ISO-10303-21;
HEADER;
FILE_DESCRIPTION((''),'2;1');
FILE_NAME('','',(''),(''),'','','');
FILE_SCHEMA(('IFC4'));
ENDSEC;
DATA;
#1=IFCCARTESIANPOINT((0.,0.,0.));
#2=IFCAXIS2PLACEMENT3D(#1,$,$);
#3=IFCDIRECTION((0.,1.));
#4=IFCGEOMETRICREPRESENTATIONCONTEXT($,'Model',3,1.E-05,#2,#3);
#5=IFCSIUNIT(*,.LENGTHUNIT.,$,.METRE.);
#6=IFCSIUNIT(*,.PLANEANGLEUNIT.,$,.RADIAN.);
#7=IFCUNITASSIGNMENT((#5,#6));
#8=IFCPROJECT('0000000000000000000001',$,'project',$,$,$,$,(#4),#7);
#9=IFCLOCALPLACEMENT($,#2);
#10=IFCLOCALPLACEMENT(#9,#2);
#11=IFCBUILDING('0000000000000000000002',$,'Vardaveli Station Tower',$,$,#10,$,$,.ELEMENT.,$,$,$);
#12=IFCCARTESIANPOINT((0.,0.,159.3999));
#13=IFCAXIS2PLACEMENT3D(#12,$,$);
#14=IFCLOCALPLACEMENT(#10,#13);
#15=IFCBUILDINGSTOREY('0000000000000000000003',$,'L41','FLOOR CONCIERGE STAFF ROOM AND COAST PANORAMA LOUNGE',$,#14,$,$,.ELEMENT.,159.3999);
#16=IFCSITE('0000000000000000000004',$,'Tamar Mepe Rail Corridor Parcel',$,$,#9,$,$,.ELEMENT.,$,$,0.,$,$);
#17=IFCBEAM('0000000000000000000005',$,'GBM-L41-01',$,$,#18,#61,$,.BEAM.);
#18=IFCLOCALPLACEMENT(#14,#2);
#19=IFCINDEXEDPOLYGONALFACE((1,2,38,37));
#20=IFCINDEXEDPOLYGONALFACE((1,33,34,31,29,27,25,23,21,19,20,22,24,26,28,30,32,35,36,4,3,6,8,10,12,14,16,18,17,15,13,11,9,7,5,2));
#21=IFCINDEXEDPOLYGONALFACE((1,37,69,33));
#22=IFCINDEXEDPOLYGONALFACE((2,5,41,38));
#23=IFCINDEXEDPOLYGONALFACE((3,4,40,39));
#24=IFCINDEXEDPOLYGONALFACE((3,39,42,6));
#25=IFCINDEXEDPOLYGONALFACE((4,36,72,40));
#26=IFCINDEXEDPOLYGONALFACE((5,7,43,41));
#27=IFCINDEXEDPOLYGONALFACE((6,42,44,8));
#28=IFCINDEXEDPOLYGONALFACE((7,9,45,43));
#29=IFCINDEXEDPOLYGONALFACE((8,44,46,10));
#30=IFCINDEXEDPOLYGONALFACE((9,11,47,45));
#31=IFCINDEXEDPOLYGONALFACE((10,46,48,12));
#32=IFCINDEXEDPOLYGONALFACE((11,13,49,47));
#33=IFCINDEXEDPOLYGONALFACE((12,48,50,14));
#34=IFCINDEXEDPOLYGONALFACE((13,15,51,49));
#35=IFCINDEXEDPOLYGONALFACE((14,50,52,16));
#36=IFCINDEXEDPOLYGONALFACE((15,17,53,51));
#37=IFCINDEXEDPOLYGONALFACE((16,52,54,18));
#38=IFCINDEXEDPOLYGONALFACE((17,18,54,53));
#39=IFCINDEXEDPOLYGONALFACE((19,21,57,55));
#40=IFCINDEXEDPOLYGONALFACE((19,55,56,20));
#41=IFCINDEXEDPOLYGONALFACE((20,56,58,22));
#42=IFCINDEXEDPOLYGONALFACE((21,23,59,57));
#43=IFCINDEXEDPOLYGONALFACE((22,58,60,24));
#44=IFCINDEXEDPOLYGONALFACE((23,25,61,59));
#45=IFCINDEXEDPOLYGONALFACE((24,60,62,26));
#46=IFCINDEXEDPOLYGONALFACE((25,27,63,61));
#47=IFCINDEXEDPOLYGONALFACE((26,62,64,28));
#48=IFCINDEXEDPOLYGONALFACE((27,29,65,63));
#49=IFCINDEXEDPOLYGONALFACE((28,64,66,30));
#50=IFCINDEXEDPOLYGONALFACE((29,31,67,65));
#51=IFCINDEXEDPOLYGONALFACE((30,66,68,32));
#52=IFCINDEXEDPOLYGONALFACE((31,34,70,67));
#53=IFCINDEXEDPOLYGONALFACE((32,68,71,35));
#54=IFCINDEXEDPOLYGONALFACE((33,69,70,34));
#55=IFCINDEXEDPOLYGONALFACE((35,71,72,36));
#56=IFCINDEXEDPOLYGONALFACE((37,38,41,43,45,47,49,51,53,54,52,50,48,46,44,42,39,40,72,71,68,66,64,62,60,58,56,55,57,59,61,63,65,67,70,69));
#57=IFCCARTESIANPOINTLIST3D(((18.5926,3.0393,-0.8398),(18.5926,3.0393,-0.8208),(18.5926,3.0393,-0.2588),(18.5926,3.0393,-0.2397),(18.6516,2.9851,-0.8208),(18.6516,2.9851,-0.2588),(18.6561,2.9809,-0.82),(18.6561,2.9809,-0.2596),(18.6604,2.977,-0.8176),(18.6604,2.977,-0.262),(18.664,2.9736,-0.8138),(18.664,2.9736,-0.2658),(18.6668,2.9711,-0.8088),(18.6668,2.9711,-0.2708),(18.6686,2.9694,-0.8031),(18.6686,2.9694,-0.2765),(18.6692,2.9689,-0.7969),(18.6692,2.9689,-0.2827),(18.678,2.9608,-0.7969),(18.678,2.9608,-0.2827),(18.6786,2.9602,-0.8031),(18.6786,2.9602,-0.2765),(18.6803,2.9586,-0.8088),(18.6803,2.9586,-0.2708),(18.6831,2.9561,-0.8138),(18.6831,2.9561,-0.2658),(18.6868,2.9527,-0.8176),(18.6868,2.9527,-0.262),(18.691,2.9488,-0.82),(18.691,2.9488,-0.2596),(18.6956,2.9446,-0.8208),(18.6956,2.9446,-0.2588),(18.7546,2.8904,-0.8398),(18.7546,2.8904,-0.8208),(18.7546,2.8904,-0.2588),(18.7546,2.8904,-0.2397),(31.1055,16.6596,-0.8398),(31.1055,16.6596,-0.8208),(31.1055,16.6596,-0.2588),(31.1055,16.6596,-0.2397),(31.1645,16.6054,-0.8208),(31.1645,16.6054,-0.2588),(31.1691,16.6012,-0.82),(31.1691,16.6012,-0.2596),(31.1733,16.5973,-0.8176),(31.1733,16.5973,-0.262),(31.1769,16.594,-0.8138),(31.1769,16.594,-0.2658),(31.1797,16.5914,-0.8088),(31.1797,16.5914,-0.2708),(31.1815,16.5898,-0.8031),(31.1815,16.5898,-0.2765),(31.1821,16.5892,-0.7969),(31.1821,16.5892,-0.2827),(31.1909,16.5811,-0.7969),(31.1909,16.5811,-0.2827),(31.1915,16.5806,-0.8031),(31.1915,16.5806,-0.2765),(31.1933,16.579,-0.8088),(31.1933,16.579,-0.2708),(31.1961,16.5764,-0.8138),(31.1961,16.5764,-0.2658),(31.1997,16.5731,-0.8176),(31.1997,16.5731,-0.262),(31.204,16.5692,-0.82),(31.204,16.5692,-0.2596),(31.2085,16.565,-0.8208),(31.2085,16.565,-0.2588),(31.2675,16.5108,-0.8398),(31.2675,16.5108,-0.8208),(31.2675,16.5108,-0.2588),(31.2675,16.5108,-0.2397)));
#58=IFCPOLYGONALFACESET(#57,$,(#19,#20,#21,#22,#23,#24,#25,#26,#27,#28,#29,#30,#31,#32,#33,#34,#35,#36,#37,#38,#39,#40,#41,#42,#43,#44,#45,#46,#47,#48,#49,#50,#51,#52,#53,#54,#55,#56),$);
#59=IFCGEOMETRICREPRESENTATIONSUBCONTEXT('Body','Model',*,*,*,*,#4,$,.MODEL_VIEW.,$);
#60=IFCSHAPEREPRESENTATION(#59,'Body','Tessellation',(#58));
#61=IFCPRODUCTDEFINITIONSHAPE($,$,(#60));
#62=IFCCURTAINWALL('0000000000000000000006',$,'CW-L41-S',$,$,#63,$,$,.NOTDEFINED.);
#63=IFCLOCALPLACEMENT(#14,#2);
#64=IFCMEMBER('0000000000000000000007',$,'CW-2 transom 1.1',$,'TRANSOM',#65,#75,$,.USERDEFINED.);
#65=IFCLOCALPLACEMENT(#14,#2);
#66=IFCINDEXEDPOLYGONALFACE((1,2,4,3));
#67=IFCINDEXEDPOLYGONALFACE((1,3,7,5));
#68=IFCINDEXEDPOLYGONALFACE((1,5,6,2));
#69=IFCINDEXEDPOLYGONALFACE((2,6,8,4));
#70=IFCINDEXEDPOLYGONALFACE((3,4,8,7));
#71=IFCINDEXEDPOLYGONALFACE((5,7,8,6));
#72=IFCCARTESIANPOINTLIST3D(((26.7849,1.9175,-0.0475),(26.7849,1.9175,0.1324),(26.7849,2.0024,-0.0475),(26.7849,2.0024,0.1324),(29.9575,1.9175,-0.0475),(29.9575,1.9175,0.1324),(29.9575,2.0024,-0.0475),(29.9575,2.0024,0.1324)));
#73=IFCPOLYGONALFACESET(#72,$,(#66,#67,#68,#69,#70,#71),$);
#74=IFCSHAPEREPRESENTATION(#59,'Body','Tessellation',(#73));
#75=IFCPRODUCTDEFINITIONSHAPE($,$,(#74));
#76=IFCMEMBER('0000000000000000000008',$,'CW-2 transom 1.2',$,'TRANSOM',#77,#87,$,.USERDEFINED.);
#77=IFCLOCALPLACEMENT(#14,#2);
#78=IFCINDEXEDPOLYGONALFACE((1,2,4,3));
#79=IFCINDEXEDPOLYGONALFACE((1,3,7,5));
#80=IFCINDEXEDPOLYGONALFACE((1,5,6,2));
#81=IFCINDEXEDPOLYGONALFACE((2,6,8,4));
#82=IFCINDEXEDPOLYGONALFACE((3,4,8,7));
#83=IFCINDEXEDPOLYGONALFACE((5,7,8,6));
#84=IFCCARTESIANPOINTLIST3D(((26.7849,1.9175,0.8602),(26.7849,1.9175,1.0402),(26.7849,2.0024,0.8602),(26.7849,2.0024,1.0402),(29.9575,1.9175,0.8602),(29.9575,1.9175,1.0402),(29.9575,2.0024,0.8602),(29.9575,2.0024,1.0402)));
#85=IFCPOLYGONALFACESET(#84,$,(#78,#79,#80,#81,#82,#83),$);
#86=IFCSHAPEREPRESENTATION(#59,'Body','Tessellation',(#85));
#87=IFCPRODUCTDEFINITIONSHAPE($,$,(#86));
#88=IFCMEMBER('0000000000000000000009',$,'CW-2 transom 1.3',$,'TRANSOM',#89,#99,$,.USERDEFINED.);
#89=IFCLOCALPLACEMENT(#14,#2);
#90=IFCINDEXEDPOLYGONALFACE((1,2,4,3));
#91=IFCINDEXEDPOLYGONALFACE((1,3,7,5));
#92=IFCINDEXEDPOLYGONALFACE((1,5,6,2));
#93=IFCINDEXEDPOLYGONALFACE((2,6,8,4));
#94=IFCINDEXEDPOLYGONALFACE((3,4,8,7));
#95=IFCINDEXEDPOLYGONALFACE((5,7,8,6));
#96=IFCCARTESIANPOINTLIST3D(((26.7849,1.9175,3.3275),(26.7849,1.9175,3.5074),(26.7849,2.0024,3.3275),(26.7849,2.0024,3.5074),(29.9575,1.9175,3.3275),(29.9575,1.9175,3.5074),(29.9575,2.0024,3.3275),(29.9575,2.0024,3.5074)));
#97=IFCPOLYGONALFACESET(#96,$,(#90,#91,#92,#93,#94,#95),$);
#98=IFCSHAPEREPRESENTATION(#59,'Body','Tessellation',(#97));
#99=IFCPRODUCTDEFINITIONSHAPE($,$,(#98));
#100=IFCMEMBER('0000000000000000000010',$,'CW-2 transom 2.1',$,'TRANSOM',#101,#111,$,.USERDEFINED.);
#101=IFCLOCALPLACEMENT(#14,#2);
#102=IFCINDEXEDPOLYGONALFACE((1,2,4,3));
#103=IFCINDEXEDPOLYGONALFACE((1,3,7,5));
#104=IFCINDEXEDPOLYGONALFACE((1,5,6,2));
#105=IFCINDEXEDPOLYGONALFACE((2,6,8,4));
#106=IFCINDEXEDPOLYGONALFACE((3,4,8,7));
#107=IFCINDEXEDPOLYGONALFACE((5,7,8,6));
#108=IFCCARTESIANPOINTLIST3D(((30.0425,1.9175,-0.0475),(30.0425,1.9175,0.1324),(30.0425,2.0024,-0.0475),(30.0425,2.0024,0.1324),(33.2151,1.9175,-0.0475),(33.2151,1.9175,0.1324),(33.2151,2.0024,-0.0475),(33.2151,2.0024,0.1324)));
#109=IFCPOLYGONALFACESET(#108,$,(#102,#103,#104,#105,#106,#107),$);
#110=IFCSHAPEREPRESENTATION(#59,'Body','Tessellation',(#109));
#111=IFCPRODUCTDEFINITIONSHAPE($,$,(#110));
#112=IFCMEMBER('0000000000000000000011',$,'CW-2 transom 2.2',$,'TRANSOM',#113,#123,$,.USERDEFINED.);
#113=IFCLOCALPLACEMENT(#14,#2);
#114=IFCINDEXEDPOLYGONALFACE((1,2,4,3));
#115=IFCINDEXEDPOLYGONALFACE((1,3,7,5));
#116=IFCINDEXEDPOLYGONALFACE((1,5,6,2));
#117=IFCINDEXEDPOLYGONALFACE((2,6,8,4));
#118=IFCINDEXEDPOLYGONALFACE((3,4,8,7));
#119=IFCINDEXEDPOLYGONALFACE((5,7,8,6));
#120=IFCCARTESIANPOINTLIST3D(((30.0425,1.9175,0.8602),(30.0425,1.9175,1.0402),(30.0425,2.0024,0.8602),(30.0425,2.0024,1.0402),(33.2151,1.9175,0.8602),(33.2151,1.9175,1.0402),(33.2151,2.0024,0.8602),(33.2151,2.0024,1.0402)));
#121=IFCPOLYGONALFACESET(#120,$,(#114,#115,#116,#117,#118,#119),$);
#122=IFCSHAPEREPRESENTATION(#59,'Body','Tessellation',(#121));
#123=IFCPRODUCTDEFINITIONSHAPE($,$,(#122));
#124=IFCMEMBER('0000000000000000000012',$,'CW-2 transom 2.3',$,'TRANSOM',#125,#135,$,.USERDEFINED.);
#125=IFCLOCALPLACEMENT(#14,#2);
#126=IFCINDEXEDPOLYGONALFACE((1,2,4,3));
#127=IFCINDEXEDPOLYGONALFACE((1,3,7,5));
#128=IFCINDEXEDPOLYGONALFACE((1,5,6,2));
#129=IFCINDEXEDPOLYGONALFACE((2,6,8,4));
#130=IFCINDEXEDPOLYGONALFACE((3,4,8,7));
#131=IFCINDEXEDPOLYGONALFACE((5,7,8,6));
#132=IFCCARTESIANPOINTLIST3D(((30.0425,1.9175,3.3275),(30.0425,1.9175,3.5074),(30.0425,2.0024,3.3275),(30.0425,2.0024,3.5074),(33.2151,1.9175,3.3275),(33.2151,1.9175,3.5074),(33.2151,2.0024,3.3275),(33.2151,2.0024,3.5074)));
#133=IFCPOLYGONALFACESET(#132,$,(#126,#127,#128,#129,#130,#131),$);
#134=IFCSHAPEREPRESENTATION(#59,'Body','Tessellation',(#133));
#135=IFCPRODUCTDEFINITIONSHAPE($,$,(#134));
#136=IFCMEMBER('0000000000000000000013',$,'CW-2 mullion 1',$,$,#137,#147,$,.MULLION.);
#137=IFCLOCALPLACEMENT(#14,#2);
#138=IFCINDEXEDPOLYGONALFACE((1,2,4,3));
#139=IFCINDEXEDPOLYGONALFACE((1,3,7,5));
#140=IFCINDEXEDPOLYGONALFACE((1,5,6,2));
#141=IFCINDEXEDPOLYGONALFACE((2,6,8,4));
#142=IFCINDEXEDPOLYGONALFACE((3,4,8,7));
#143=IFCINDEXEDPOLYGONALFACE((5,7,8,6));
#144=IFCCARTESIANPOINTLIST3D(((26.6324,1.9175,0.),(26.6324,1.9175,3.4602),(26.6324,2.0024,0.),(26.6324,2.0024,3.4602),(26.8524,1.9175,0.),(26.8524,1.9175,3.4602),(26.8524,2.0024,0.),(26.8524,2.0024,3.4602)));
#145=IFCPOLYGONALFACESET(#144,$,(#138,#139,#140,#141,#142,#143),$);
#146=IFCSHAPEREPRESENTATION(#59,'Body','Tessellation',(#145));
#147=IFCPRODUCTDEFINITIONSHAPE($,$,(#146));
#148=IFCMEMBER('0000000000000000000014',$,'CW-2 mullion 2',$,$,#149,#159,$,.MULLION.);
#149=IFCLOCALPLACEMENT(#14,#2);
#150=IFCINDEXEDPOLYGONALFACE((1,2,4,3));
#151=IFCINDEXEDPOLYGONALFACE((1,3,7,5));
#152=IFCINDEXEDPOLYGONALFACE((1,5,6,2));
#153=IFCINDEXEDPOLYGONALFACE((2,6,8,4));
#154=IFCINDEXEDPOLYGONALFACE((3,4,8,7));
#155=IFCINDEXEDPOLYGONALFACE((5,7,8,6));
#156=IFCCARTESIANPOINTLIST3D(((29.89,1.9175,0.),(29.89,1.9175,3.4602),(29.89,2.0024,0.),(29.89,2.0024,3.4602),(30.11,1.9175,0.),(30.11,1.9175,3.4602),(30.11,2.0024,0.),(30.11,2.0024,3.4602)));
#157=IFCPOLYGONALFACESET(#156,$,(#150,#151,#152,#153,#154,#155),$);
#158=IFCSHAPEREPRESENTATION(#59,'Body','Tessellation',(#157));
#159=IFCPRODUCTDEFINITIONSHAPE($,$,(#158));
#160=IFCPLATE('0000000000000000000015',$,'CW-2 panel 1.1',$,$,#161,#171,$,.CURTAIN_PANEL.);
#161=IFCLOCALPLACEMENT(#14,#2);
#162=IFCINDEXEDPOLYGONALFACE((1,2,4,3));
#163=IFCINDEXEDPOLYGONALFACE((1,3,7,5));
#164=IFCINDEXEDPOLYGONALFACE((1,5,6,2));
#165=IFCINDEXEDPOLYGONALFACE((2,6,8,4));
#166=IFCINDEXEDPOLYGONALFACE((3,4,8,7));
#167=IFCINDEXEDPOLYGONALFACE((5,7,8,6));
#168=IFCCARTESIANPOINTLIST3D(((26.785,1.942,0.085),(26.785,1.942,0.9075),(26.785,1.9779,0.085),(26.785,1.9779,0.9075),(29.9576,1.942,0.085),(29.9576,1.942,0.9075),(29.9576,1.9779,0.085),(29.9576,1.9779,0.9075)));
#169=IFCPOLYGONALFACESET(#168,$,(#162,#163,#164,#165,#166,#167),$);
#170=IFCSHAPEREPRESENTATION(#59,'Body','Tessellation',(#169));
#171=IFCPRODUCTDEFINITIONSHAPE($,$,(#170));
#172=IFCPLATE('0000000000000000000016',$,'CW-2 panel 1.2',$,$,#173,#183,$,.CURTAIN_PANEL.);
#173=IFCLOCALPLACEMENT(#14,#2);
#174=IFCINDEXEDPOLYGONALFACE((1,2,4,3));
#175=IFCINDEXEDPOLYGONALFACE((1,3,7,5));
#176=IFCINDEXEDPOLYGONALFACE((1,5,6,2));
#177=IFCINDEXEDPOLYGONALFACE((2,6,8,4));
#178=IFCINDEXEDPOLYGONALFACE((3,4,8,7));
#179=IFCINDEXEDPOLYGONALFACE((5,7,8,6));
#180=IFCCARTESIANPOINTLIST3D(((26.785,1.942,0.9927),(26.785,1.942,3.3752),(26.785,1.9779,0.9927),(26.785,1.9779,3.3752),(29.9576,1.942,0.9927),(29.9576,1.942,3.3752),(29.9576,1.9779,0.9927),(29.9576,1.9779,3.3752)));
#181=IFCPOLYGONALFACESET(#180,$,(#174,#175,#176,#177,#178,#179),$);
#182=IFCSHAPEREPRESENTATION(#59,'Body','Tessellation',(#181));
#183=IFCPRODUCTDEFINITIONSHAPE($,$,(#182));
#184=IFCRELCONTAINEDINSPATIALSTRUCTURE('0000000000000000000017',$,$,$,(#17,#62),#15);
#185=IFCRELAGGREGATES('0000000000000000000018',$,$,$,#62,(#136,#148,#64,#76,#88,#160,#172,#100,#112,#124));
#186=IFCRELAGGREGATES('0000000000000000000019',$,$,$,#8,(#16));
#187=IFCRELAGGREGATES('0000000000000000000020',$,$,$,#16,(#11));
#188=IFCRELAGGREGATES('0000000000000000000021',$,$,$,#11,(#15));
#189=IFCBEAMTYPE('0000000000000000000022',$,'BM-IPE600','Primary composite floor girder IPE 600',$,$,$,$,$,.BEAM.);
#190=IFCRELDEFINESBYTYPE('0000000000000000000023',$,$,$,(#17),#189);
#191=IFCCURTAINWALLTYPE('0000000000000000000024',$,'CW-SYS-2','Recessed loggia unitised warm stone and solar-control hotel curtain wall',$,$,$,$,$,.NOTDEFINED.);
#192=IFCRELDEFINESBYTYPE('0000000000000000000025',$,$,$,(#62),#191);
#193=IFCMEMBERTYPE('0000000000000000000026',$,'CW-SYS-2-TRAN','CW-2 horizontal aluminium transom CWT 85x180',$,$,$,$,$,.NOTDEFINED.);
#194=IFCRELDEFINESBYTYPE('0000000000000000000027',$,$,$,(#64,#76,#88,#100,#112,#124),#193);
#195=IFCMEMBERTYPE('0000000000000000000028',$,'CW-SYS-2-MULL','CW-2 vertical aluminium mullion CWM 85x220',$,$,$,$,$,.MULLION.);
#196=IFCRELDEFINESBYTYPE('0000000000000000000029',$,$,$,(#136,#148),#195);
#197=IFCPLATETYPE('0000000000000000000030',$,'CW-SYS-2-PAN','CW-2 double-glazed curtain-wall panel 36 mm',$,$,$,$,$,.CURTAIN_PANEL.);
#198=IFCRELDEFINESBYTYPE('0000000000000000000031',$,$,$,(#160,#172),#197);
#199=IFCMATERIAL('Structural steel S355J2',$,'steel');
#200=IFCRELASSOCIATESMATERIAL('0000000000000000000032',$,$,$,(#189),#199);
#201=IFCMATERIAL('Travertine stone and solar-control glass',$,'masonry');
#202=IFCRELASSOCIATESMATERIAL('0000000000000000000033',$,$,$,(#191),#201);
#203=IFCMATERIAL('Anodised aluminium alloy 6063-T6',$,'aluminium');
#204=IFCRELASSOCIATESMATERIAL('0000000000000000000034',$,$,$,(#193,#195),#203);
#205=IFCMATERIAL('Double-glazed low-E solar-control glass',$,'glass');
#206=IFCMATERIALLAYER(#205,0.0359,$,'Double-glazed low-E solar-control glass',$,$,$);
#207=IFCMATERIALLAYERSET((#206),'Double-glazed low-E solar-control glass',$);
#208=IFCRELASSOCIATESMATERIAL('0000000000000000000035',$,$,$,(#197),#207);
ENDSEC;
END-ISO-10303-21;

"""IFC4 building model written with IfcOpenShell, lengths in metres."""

from ifc_helpers import new_model, si_unit, direction, frame, origin, origin_2d, place, context, subcontext, project, spatial, rectangle, i_section, extrude, source, transform, mapped, material, layer, layer_set, material_profile, profile_set, type_object, element, aggregate, save


model = new_model("IFC4")

# Units and contexts
model_context = context("Model", 3, precision=1e-05, world=origin(), true_north=direction((0.0, 1.0)))
body_context = subcontext(model_context, "Body", "Model", "MODEL_VIEW")
ifc_project = project(units=[si_unit("LENGTHUNIT", "METRE"), si_unit("PLANEANGLEUNIT", "RADIAN")], contexts=[model_context])

# Site, building, storey
site_placement = place(None, origin())
site = spatial("IfcSite", under=ifc_project, at=site_placement, Name="Tamar Mepe Rail Corridor Parcel", CompositionType="ELEMENT", RefElevation=0.0)
building_placement = place(site_placement, origin())
building = spatial("IfcBuilding", under=site, at=building_placement, Name="Vardaveli Station Tower", CompositionType="ELEMENT")
storey_placement = place(building_placement, frame((0.0, 0.0, 159.3999)))
storey = spatial("IfcBuildingStorey", under=building, at=storey_placement, Name="L41", Description="FLOOR CONCIERGE STAFF ROOM AND COAST PANORAMA LOUNGE", CompositionType="ELEMENT", Elevation=159.3999)

# Beam
ifc_material_1 = material(Name="Structural steel S355J2", Category="steel")
ifc_material_profile_1 = material_profile(ifc_material_1, i_section(OverallWidth=0.22, OverallDepth=0.6001, WebThickness=0.012, FlangeThickness=0.019, FilletRadius=0.0239, at=origin_2d()), Name="IPE 600")
ifc_profile_set_1 = profile_set([ifc_material_profile_1], Name="Structural steel S355J2")
beam_type_1 = type_object("IfcBeamType", Name="BM-IPE600", Description="Primary composite floor girder IPE 600", PredefinedType="BEAM", material=ifc_profile_set_1)
shared_shape_1 = source(origin(), body_context, "Body", "SweptSolid", [
    extrude(i_section(OverallWidth=0.22, OverallDepth=0.6001, WebThickness=0.012, FlangeThickness=0.019, FilletRadius=0.0239, at=origin_2d()), origin(), (0.0, 0.0, 1.0), 18.4956),
])
beam_1_placement = place(storey_placement, frame((18.6736, 2.9648, -0.5398), z_axis=(0.676535, 0.73641, 0.0), x_axis=(-0.73641, 0.676535, 0.0)))
element("IfcBeam", 1, at=beam_1_placement, inside=storey, type_object=beam_type_1, Name="GBM-L41-01", PredefinedType="BEAM", context=body_context, shape_type="MappedRepresentation", body=[
    mapped(shared_shape_1, transform((0.0, 0.0, 0.0), scale=1.0)),
])

# Curtain wall, members, plates
ifc_material_2 = material(Name="Travertine stone and solar-control glass", Category="masonry")
curtain_wall_type = type_object("IfcCurtainWallType", Name="CW-SYS-2", Description="Recessed loggia unitised warm stone and solar-control hotel curtain wall", PredefinedType="NOTDEFINED", material=ifc_material_2)
curtain_wall_placement = place(storey_placement, origin())
curtain_wall = element("IfcCurtainWall", 2, at=curtain_wall_placement, inside=storey, type_object=curtain_wall_type, Name="CW-L41-S", PredefinedType="NOTDEFINED")
ifc_material_3 = material(Name="Anodised aluminium alloy 6063-T6", Category="aluminium")
ifc_material_profile_2 = material_profile(ifc_material_3, rectangle(XDim=0.085, YDim=0.1799, at=origin_2d()), Name="CWT 85x180")
ifc_profile_set_2 = profile_set([ifc_material_profile_2], Name="Anodised aluminium alloy 6063-T6")
member_type_1 = type_object("IfcMemberType", Name="CW-SYS-2-TRAN", Description="CW-2 horizontal aluminium transom CWT 85x180", PredefinedType="NOTDEFINED", material=ifc_profile_set_2)
shared_shape_2 = source(origin(), body_context, "Body", "SweptSolid", [
    extrude(rectangle(XDim=0.085, YDim=0.1799, at=origin_2d()), origin(), (0.0, 0.0, 1.0), 3.1726),
])
member_1_placement = place(storey_placement, frame((26.7849, 1.96, 0.0425), z_axis=(1.0, 0.0, 0.0), x_axis=(0.0, 1.0, 0.0)))
member_1 = element("IfcMember", 3, at=member_1_placement, type_object=member_type_1, Name="CW-2 transom 1.1", ObjectType="TRANSOM", PredefinedType="USERDEFINED", context=body_context, shape_type="MappedRepresentation", body=[
    mapped(shared_shape_2, transform((0.0, 0.0, 0.0), scale=1.0)),
])
member_2_placement = place(storey_placement, frame((26.7849, 1.96, 0.9502), z_axis=(1.0, 0.0, 0.0), x_axis=(0.0, 1.0, 0.0)))
member_2 = element("IfcMember", 4, at=member_2_placement, type_object=member_type_1, Name="CW-2 transom 1.2", ObjectType="TRANSOM", PredefinedType="USERDEFINED", context=body_context, shape_type="MappedRepresentation", body=[
    mapped(shared_shape_2, transform((0.0, 0.0, 0.0), scale=1.0)),
])
member_3_placement = place(storey_placement, frame((26.7849, 1.96, 3.4175), z_axis=(1.0, 0.0, 0.0), x_axis=(0.0, 1.0, 0.0)))
member_3 = element("IfcMember", 5, at=member_3_placement, type_object=member_type_1, Name="CW-2 transom 1.3", ObjectType="TRANSOM", PredefinedType="USERDEFINED", context=body_context, shape_type="MappedRepresentation", body=[
    mapped(shared_shape_2, transform((0.0, 0.0, 0.0), scale=1.0)),
])
member_4_placement = place(storey_placement, frame((30.0425, 1.96, 0.0425), z_axis=(1.0, 0.0, 0.0), x_axis=(0.0, 1.0, 0.0)))
member_4 = element("IfcMember", 6, at=member_4_placement, type_object=member_type_1, Name="CW-2 transom 2.1", ObjectType="TRANSOM", PredefinedType="USERDEFINED", context=body_context, shape_type="MappedRepresentation", body=[
    mapped(shared_shape_2, transform((0.0, 0.0, 0.0), scale=1.0)),
])
member_5_placement = place(storey_placement, frame((30.0425, 1.96, 0.9502), z_axis=(1.0, 0.0, 0.0), x_axis=(0.0, 1.0, 0.0)))
member_5 = element("IfcMember", 7, at=member_5_placement, type_object=member_type_1, Name="CW-2 transom 2.2", ObjectType="TRANSOM", PredefinedType="USERDEFINED", context=body_context, shape_type="MappedRepresentation", body=[
    mapped(shared_shape_2, transform((0.0, 0.0, 0.0), scale=1.0)),
])
member_6_placement = place(storey_placement, frame((30.0425, 1.96, 3.4175), z_axis=(1.0, 0.0, 0.0), x_axis=(0.0, 1.0, 0.0)))
member_6 = element("IfcMember", 8, at=member_6_placement, type_object=member_type_1, Name="CW-2 transom 2.3", ObjectType="TRANSOM", PredefinedType="USERDEFINED", context=body_context, shape_type="MappedRepresentation", body=[
    mapped(shared_shape_2, transform((0.0, 0.0, 0.0), scale=1.0)),
])
ifc_material_profile_3 = material_profile(ifc_material_3, rectangle(XDim=0.085, YDim=0.22, at=origin_2d()), Name="CWM 85x220")
ifc_profile_set_3 = profile_set([ifc_material_profile_3], Name="Anodised aluminium alloy 6063-T6")
member_type_2 = type_object("IfcMemberType", Name="CW-SYS-2-MULL", Description="CW-2 vertical aluminium mullion CWM 85x220", PredefinedType="MULLION", material=ifc_profile_set_3)
shared_shape_3 = source(origin(), body_context, "Body", "SweptSolid", [
    extrude(rectangle(XDim=0.085, YDim=0.22, at=origin_2d()), origin(), (0.0, 0.0, 1.0), 3.4602),
])
member_7_placement = place(storey_placement, frame((26.7424, 1.96, 0.0), z_axis=(0.0, 0.0, 1.0), x_axis=(0.0, 1.0, 0.0)))
member_7 = element("IfcMember", 9, at=member_7_placement, type_object=member_type_2, Name="CW-2 mullion 1", PredefinedType="MULLION", context=body_context, shape_type="MappedRepresentation", body=[
    mapped(shared_shape_3, transform((0.0, 0.0, 0.0), scale=1.0)),
])
member_8_placement = place(storey_placement, frame((30.0, 1.96, 0.0), z_axis=(0.0, 0.0, 1.0), x_axis=(0.0, 1.0, 0.0)))
member_8 = element("IfcMember", 10, at=member_8_placement, type_object=member_type_2, Name="CW-2 mullion 2", PredefinedType="MULLION", context=body_context, shape_type="MappedRepresentation", body=[
    mapped(shared_shape_3, transform((0.0, 0.0, 0.0), scale=1.0)),
])
ifc_material_4 = material(Name="Double-glazed low-E solar-control glass", Category="glass")
ifc_layer_1 = layer(ifc_material_4, 0.0359, Name="Double-glazed low-E solar-control glass")
ifc_layer_set_1 = layer_set([ifc_layer_1], Name="Double-glazed low-E solar-control glass")
plate_type = type_object("IfcPlateType", Name="CW-SYS-2-PAN", Description="CW-2 double-glazed curtain-wall panel 36 mm", PredefinedType="CURTAIN_PANEL", material=ifc_layer_set_1)
shared_shape_4 = source(origin(), body_context, "Body", "SweptSolid", [
    extrude(rectangle(XDim=3.1726, YDim=0.0359, at=origin_2d()), origin(), (0.0, 0.0, 1.0), 0.8225),
])
plate_1_placement = place(storey_placement, frame((28.3713, 1.96, 0.085), z_axis=(0.0, 0.0, 1.0), x_axis=(1.0, 0.0, 0.0)))
plate_1 = element("IfcPlate", 11, at=plate_1_placement, type_object=plate_type, Name="CW-2 panel 1.1", PredefinedType="CURTAIN_PANEL", context=body_context, shape_type="MappedRepresentation", body=[
    mapped(shared_shape_4, transform((0.0, 0.0, 0.0), scale=1.0)),
])
shared_shape_5 = source(origin(), body_context, "Body", "SweptSolid", [
    extrude(rectangle(XDim=3.1726, YDim=0.0359, at=origin_2d()), origin(), (0.0, 0.0, 1.0), 2.3826),
])
plate_2_placement = place(storey_placement, frame((28.3713, 1.96, 0.9927), z_axis=(0.0, 0.0, 1.0), x_axis=(1.0, 0.0, 0.0)))
plate_2 = element("IfcPlate", 12, at=plate_2_placement, type_object=plate_type, Name="CW-2 panel 1.2", PredefinedType="CURTAIN_PANEL", context=body_context, shape_type="MappedRepresentation", body=[
    mapped(shared_shape_5, transform((0.0, 0.0, 0.0), scale=1.0)),
])
aggregate(curtain_wall, [member_7, member_8, member_1, member_2, member_3, plate_1, plate_2, member_4, member_5, member_6])

save(model, "model.ifc")
